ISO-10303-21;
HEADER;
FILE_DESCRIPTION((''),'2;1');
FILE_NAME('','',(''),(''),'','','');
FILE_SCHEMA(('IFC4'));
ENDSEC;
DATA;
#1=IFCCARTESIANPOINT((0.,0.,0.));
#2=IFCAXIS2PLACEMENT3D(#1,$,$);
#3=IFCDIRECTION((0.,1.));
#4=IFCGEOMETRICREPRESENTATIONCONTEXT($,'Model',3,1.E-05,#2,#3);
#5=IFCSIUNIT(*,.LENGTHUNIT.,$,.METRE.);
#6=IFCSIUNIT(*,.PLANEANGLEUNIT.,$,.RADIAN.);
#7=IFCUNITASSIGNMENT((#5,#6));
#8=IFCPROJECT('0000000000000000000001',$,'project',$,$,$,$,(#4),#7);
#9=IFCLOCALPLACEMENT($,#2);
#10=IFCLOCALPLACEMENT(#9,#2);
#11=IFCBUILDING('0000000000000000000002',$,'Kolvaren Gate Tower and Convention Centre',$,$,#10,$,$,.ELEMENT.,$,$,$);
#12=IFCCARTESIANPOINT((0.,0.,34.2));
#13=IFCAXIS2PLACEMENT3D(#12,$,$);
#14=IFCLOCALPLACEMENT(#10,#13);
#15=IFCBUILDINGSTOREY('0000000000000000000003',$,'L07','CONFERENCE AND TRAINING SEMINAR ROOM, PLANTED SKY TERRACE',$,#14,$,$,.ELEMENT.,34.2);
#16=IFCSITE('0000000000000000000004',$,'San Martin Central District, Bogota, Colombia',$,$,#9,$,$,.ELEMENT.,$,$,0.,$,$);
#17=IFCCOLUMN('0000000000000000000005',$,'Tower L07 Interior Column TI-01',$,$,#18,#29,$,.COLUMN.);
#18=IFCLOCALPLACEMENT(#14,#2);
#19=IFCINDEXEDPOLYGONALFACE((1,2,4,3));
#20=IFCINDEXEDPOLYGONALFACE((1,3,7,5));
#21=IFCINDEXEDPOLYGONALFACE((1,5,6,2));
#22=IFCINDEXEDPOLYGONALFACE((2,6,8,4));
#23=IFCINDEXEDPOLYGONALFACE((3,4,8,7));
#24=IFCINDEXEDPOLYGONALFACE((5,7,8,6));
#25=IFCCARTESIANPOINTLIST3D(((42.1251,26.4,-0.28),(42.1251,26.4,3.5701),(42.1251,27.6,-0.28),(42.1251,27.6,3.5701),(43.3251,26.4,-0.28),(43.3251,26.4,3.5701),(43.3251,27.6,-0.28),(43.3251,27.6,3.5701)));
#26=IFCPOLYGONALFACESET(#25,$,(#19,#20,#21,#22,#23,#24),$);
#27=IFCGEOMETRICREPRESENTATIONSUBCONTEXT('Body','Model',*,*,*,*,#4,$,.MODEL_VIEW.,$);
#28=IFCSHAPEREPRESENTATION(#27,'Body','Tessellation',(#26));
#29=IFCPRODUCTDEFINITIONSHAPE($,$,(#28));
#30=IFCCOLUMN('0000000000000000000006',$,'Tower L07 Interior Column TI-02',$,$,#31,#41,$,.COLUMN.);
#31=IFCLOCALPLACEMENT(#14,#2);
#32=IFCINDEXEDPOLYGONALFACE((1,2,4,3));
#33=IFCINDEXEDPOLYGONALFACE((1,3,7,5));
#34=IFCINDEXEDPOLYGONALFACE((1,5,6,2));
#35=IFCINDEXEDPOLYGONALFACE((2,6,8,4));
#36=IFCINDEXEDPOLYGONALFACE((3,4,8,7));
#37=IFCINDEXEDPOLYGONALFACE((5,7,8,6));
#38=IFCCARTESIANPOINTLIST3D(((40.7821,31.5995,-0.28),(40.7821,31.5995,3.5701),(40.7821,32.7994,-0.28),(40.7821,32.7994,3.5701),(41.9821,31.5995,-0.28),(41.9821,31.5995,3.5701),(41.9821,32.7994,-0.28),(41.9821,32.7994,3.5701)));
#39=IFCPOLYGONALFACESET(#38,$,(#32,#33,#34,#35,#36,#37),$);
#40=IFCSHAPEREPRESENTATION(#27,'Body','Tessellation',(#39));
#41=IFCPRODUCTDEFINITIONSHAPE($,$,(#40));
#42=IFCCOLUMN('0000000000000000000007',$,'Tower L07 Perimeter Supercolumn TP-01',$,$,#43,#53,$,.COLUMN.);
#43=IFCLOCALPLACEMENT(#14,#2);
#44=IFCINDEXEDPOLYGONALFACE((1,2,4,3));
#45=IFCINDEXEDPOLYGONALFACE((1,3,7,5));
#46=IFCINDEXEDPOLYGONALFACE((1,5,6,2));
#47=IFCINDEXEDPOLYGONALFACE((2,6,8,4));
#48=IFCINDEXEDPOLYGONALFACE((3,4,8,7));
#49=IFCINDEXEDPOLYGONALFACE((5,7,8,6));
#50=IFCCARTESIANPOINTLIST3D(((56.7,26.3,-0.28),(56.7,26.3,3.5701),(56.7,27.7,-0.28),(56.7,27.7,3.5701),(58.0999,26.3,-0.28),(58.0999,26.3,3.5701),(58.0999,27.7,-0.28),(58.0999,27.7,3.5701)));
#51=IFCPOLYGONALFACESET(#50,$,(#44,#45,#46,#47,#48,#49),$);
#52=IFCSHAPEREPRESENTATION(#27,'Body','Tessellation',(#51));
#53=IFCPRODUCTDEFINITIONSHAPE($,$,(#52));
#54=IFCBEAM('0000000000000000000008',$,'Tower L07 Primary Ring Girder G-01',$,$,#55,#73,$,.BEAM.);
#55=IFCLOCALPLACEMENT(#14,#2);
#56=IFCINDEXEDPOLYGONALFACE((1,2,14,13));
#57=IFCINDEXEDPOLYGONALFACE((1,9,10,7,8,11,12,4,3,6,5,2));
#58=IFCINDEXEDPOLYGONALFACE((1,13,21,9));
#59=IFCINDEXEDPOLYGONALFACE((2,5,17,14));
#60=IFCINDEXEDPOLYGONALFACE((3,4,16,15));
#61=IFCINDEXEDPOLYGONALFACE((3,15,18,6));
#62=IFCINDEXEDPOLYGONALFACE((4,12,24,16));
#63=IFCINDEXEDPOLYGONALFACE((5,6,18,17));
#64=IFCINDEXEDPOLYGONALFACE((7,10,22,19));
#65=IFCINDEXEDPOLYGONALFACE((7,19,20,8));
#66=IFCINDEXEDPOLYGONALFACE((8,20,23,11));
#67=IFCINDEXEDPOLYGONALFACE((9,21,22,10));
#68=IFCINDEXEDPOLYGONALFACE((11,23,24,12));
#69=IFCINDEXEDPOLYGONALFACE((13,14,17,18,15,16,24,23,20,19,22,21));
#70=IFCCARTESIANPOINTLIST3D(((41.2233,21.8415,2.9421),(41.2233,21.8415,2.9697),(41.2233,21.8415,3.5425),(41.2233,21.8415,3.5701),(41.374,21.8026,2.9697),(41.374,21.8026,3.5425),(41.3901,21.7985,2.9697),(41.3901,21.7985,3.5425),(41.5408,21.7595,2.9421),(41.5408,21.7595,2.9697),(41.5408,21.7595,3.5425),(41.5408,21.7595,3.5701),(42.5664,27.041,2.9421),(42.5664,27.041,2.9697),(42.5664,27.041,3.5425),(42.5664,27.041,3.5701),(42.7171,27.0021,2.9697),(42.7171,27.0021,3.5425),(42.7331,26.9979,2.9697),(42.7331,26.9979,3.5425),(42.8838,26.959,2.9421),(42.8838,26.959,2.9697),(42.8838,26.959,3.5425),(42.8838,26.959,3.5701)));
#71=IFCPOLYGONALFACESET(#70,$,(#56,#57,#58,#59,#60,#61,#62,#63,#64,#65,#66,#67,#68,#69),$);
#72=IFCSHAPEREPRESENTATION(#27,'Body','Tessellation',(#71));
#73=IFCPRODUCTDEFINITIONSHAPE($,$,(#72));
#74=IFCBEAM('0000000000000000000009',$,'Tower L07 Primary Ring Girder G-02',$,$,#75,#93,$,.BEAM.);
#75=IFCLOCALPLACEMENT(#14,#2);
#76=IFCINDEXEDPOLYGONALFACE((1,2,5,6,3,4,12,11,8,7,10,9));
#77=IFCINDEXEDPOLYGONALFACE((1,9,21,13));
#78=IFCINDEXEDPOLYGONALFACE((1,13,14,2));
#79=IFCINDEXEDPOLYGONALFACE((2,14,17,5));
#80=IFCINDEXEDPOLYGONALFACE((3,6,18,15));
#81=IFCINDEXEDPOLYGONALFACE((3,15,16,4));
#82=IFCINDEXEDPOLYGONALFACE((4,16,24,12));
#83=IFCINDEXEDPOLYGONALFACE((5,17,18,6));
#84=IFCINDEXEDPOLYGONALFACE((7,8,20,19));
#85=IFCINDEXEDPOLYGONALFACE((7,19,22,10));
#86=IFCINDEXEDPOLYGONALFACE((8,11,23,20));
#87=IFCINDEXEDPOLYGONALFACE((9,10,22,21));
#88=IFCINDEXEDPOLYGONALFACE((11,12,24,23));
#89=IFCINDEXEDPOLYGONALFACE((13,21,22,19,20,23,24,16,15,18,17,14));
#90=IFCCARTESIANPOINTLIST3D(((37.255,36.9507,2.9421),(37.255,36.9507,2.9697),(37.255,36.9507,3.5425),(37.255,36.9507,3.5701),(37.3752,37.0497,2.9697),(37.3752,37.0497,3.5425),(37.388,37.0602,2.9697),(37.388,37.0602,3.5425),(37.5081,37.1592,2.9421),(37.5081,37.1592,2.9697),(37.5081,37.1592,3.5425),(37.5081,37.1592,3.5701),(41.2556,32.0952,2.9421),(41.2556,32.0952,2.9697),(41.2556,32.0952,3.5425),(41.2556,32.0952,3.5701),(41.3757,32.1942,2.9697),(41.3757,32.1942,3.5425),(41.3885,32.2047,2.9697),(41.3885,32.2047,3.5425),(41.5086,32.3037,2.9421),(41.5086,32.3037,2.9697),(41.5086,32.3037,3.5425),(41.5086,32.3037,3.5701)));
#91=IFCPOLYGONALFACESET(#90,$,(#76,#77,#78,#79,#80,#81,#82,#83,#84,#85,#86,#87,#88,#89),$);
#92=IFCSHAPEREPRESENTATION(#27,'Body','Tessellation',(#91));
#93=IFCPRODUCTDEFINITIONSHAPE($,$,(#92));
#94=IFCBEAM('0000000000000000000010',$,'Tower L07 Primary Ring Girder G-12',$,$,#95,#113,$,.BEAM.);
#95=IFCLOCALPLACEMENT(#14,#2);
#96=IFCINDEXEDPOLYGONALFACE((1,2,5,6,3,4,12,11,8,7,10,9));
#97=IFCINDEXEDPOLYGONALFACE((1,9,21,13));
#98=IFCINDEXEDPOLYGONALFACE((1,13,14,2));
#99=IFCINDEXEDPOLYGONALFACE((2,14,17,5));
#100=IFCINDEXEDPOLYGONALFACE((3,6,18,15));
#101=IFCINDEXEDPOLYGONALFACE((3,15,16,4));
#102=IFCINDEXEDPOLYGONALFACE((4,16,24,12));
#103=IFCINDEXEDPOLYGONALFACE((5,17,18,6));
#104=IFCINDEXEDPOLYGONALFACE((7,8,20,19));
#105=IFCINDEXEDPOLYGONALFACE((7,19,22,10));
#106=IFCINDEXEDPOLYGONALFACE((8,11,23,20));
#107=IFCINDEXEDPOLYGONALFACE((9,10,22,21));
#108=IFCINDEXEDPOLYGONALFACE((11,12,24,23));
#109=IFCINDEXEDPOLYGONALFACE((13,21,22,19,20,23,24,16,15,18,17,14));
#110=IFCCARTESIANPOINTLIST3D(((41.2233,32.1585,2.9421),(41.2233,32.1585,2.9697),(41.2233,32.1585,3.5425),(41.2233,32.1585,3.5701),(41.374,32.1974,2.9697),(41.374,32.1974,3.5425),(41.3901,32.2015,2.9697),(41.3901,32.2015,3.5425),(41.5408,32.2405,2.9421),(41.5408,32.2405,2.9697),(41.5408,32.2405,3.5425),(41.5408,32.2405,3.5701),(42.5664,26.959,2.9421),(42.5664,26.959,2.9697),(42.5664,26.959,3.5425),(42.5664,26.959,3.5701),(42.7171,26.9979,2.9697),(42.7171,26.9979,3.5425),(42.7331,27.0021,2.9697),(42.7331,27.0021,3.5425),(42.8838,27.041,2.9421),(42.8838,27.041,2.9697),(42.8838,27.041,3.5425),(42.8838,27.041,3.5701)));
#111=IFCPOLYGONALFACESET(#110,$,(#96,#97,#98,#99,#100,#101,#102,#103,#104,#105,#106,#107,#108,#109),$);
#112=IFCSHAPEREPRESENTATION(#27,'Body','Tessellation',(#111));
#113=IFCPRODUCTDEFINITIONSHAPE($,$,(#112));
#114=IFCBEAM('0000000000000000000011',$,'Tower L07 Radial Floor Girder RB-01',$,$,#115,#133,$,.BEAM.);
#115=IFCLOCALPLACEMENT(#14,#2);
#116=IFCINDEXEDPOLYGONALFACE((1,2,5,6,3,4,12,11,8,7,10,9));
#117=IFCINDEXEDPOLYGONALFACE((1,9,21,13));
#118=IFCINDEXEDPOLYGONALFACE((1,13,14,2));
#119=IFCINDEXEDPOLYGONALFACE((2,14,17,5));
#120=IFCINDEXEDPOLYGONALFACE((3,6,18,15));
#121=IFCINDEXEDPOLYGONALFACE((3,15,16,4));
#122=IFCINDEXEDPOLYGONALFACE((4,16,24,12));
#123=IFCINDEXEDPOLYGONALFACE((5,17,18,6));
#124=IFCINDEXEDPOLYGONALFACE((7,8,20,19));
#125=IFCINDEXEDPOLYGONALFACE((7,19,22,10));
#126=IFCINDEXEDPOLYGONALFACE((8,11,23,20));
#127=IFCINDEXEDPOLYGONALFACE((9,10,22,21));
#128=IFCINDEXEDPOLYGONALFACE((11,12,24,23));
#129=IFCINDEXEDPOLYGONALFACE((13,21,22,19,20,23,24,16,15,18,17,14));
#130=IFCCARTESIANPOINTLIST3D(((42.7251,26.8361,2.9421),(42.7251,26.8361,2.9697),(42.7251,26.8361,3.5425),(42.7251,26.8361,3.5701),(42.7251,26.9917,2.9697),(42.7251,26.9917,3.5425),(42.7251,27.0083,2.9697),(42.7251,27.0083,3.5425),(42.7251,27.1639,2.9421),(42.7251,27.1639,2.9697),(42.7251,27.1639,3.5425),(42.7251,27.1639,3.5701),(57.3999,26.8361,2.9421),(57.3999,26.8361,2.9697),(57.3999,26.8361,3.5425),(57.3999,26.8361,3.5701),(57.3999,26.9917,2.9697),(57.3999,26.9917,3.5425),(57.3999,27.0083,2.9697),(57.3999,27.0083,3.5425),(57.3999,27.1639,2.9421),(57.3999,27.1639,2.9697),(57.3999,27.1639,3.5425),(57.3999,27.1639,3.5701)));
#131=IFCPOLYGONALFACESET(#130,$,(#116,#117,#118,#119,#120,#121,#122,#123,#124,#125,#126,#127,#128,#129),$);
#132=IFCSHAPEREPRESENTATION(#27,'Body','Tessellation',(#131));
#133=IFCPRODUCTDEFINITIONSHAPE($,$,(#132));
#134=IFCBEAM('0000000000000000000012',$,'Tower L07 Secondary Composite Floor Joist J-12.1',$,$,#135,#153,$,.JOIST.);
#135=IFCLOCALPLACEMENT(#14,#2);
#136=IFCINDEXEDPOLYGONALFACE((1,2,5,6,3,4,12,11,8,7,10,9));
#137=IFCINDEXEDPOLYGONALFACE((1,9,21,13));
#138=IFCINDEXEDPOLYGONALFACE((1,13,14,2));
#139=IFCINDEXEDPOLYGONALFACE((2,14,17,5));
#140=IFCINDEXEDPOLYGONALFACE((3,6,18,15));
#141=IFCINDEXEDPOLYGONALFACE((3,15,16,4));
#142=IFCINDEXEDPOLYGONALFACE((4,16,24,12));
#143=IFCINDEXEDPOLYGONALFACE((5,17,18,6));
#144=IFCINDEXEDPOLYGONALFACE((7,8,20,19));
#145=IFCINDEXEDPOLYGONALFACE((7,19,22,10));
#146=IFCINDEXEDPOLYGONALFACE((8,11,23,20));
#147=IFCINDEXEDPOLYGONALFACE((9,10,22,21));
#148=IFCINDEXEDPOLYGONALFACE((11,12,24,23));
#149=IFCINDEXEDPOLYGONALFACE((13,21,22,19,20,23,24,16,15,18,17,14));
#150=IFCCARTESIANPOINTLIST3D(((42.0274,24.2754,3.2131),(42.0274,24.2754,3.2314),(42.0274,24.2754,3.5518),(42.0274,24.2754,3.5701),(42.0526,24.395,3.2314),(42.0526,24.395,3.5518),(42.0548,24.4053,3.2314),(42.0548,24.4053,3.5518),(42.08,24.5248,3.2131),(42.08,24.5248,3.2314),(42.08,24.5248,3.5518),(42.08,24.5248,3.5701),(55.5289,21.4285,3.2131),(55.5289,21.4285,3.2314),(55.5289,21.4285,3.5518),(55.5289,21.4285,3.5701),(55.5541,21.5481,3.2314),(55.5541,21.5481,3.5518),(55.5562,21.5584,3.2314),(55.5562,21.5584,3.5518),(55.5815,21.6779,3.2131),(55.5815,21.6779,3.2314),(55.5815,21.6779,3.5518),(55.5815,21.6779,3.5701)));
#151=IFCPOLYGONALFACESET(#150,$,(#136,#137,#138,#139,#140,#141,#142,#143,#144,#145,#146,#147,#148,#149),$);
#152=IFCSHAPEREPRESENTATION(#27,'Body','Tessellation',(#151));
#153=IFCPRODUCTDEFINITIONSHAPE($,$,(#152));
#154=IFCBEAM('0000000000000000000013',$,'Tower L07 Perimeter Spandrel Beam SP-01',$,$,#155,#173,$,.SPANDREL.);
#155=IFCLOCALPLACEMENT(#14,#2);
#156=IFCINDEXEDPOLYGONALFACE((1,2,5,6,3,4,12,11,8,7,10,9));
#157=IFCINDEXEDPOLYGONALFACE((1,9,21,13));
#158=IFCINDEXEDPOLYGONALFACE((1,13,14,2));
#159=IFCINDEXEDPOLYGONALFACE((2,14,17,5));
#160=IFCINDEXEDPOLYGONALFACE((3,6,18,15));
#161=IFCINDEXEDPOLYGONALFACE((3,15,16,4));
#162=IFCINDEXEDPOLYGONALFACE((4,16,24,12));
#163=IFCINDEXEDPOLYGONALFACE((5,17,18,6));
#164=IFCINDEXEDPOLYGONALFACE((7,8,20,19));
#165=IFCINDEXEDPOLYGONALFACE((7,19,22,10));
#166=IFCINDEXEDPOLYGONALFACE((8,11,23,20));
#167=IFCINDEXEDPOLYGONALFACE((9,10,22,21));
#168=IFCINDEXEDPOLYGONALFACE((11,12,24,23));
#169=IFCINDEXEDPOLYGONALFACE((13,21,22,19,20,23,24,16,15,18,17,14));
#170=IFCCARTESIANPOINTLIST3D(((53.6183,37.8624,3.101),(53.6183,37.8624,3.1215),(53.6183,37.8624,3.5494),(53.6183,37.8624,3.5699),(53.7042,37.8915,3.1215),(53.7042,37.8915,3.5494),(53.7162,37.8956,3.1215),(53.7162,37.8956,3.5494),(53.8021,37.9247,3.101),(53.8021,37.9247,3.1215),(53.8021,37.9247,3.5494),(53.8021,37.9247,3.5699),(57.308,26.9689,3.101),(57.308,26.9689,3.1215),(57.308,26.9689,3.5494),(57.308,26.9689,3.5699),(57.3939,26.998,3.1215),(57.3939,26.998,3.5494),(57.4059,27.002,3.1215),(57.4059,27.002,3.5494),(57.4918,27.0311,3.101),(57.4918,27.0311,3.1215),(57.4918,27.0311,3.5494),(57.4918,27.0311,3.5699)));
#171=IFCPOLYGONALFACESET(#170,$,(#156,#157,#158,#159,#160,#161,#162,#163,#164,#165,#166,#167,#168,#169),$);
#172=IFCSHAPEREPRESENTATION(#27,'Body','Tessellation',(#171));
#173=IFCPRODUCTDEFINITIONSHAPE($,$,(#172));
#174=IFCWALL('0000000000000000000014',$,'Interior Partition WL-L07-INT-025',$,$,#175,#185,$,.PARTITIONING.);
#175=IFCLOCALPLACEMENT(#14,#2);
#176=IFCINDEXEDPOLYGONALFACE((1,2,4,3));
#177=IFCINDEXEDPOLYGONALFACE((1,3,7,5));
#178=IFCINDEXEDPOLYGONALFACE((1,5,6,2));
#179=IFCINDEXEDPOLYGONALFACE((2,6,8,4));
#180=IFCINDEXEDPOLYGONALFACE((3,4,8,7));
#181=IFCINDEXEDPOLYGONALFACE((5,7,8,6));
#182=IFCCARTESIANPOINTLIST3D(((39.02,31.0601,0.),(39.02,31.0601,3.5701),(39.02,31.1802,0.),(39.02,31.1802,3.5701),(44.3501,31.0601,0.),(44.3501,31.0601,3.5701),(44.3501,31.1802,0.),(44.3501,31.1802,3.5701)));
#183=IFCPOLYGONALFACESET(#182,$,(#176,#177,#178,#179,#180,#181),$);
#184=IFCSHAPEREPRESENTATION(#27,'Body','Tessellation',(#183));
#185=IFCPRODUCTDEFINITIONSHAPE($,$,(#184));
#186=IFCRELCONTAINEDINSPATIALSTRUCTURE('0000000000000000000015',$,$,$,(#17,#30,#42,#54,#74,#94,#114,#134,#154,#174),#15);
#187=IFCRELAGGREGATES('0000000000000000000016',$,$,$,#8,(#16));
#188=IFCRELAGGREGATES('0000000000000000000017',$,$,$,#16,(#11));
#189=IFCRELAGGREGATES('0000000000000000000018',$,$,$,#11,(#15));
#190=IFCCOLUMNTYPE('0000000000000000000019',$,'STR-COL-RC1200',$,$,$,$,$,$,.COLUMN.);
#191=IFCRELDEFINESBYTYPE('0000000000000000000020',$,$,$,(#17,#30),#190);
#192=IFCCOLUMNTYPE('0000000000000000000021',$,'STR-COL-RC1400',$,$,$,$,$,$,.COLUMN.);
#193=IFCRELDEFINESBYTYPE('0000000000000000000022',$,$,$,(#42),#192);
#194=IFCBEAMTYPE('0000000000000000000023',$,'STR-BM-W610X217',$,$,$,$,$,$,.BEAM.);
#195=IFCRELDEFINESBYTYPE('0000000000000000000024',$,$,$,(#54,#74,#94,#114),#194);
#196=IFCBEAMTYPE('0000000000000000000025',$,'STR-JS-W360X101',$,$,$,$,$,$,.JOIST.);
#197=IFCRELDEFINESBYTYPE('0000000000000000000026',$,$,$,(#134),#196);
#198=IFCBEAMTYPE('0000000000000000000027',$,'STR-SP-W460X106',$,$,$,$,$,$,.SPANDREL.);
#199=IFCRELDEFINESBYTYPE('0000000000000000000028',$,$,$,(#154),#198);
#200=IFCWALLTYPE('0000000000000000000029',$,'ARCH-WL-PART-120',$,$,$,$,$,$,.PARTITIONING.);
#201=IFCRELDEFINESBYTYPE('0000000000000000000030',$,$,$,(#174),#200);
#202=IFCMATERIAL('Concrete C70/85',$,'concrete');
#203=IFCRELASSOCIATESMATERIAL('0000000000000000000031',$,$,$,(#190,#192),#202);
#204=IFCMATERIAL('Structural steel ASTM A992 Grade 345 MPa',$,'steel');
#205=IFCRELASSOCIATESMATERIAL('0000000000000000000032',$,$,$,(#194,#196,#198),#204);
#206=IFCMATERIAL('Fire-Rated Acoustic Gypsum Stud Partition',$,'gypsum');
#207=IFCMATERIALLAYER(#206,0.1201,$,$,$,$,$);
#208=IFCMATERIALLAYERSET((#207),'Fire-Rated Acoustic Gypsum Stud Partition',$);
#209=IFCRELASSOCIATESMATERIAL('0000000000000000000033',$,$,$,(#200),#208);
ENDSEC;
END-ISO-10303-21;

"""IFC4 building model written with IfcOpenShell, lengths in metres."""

from ifc_helpers import new_model, si_unit, direction, frame, frame_2d, origin, origin_2d, place, context, subcontext, project, spatial, rectangle, i_section, extrude, material, layer, layer_set, material_profile, profile_set, type_object, element, save


model = new_model("IFC4")

# Units and contexts
model_context = context("Model", 3, precision=1e-05, world=origin(), true_north=direction((0.0, 1.0)))
body_context = subcontext(model_context, "Body", "Model", "MODEL_VIEW")
ifc_project = project(units=[si_unit("LENGTHUNIT", "METRE"), si_unit("PLANEANGLEUNIT", "RADIAN")], contexts=[model_context])

# Site, building, storey
site_placement = place(None, origin())
site = spatial("IfcSite", under=ifc_project, at=site_placement, Name="San Martin Central District, Bogota, Colombia", CompositionType="ELEMENT", RefElevation=0.0)
building_placement = place(site_placement, origin())
building = spatial("IfcBuilding", under=site, at=building_placement, Name="Kolvaren Gate Tower and Convention Centre", CompositionType="ELEMENT")
storey_placement = place(building_placement, frame((0.0, 0.0, 34.2)))
storey = spatial("IfcBuildingStorey", under=building, at=storey_placement, Name="L07", Description="CONFERENCE AND TRAINING SEMINAR ROOM, PLANTED SKY TERRACE", CompositionType="ELEMENT", Elevation=34.2)

# Columns
ifc_material_1 = material(Name="Concrete C70/85", Category="concrete")
ifc_material_profile_1 = material_profile(ifc_material_1, rectangle(XDim=1.2, YDim=1.2, at=origin_2d()), Name="RC-COL-1200X1200")
ifc_profile_set_1 = profile_set([ifc_material_profile_1], Name="Concrete C70/85")
column_type_1 = type_object("IfcColumnType", Name="STR-COL-RC1200", PredefinedType="COLUMN", material=ifc_profile_set_1)
for number, where, z_axis, x_axis, name in (
    (1, (42.7251, 27.0, -0.28), (0.0, 0.0, 1.0), (1.0, 0.0, 0.0), "Tower L07 Interior Column TI-01"),
    (2, (41.3821, 32.1995, -0.28), (0.0, 0.0, 1.0), (1.0, 0.0, 0.0), "Tower L07 Interior Column TI-02"),
):
    element("IfcColumn", number, at=place(storey_placement, frame(where, z_axis=z_axis, x_axis=x_axis)), inside=storey, type_object=column_type_1, Name=name, PredefinedType="COLUMN", context=body_context, shape_type="SweptSolid", body=[
        extrude(rectangle(XDim=1.2, YDim=1.2, at=origin_2d()), origin(), (0.0, 0.0, 1.0), 3.8501),
    ])
ifc_material_profile_2 = material_profile(ifc_material_1, rectangle(XDim=1.3999, YDim=1.3999, at=origin_2d()), Name="RC-COL-1400X1400")
ifc_profile_set_2 = profile_set([ifc_material_profile_2], Name="Concrete C70/85")
column_type_2 = type_object("IfcColumnType", Name="STR-COL-RC1400", PredefinedType="COLUMN", material=ifc_profile_set_2)
column_placement = place(storey_placement, frame((57.3999, 27.0, -0.28), z_axis=(0.0, 0.0, 1.0), x_axis=(1.0, 0.0, 0.0)))
element("IfcColumn", 3, at=column_placement, inside=storey, type_object=column_type_2, Name="Tower L07 Perimeter Supercolumn TP-01", PredefinedType="COLUMN", context=body_context, shape_type="SweptSolid", body=[
    extrude(rectangle(XDim=1.3999, YDim=1.3999, at=origin_2d()), origin(), (0.0, 0.0, 1.0), 3.8501),
])

# Beams
ifc_material_2 = material(Name="Structural steel ASTM A992 Grade 345 MPa", Category="steel")
ifc_material_profile_3 = material_profile(ifc_material_2, i_section(OverallWidth=0.3279, OverallDepth=0.6279, WebThickness=0.0166, FlangeThickness=0.0276, at=origin_2d()), Name="W610X217")
ifc_profile_set_3 = profile_set([ifc_material_profile_3], Name="Structural steel ASTM A992 Grade 345 MPa")
beam_type_1 = type_object("IfcBeamType", Name="STR-BM-W610X217", PredefinedType="BEAM", material=ifc_profile_set_3)
beam_1_placement = place(storey_placement, frame((42.7251, 27.0, 3.2561), z_axis=(-0.250091, -0.968222, 0.0), x_axis=(0.968222, -0.250091, 0.0)))
element("IfcBeam", 4, at=beam_1_placement, inside=storey, type_object=beam_type_1, Name="Tower L07 Primary Ring Girder G-01", PredefinedType="BEAM", context=body_context, shape_type="SweptSolid", body=[
    extrude(i_section(OverallWidth=0.3279, OverallDepth=0.6279, WebThickness=0.0166, FlangeThickness=0.0276, at=origin_2d()), origin(), (0.0, 0.0, 1.0), 5.3701),
])
beam_2_placement = place(storey_placement, frame((41.3821, 32.1995, 3.2561), z_axis=(-0.635884, 0.771785, 0.0), x_axis=(-0.771785, -0.635884, 0.0)))
element("IfcBeam", 5, at=beam_2_placement, inside=storey, type_object=beam_type_1, Name="Tower L07 Primary Ring Girder G-02", PredefinedType="BEAM", context=body_context, shape_type="SweptSolid", body=[
    extrude(i_section(OverallWidth=0.3279, OverallDepth=0.6279, WebThickness=0.0166, FlangeThickness=0.0276, at=origin_2d()), origin(), (0.0, 0.0, 1.0), 6.2913),
])
beam_3_placement = place(storey_placement, frame((42.7251, 27.0, 3.2561), z_axis=(-0.250091, 0.968222, 0.0), x_axis=(-0.968222, -0.250091, 0.0)))
element("IfcBeam", 6, at=beam_3_placement, inside=storey, type_object=beam_type_1, Name="Tower L07 Primary Ring Girder G-12", PredefinedType="BEAM", context=body_context, shape_type="SweptSolid", body=[
    extrude(i_section(OverallWidth=0.3279, OverallDepth=0.6279, WebThickness=0.0166, FlangeThickness=0.0276, at=origin_2d()), origin(), (0.0, 0.0, 1.0), 5.3701),
])
beam_4_placement = place(storey_placement, frame((42.7251, 27.0, 3.2561), z_axis=(1.0, 0.0, 0.0), x_axis=(0.0, 1.0, 0.0)))
element("IfcBeam", 7, at=beam_4_placement, inside=storey, type_object=beam_type_1, Name="Tower L07 Radial Floor Girder RB-01", PredefinedType="BEAM", context=body_context, shape_type="SweptSolid", body=[
    extrude(i_section(OverallWidth=0.3279, OverallDepth=0.6279, WebThickness=0.0166, FlangeThickness=0.0276, at=origin_2d()), origin(), (0.0, 0.0, 1.0), 14.6748),
])
ifc_material_profile_4 = material_profile(ifc_material_2, i_section(OverallWidth=0.2549, OverallDepth=0.3569, WebThickness=0.0105, FlangeThickness=0.0183, at=origin_2d()), Name="W360X101")
ifc_profile_set_4 = profile_set([ifc_material_profile_4], Name="Structural steel ASTM A992 Grade 345 MPa")
beam_type_2 = type_object("IfcBeamType", Name="STR-JS-W360X101", PredefinedType="JOIST", material=ifc_profile_set_4)
beam_5_placement = place(storey_placement, frame((42.0537, 24.4001, 3.3916), z_axis=(0.978484, -0.206323, 0.0), x_axis=(0.206323, 0.978484, 0.0)))
element("IfcBeam", 8, at=beam_5_placement, inside=storey, type_object=beam_type_2, Name="Tower L07 Secondary Composite Floor Joist J-12.1", PredefinedType="JOIST", context=body_context, shape_type="SweptSolid", body=[
    extrude(i_section(OverallWidth=0.2549, OverallDepth=0.3569, WebThickness=0.0105, FlangeThickness=0.0183, at=origin_2d()), origin(), (0.0, 0.0, 1.0), 13.7983),
])
ifc_material_profile_5 = material_profile(ifc_material_2, i_section(OverallWidth=0.1941, OverallDepth=0.469, WebThickness=0.0127, FlangeThickness=0.0205, at=origin_2d()), Name="W460X106")
ifc_profile_set_5 = profile_set([ifc_material_profile_5], Name="Structural steel ASTM A992 Grade 345 MPa")
beam_type_3 = type_object("IfcBeamType", Name="STR-SP-W460X106", PredefinedType="SPANDREL", material=ifc_profile_set_5)
beam_6_placement = place(storey_placement, frame((57.3999, 27.0, 3.3354), z_axis=(-0.320803, 0.947146, 0.0), x_axis=(-0.947146, -0.320803, 0.0)))
element("IfcBeam", 9, at=beam_6_placement, inside=storey, type_object=beam_type_3, Name="Tower L07 Perimeter Spandrel Beam SP-01", PredefinedType="SPANDREL", context=body_context, shape_type="SweptSolid", body=[
    extrude(i_section(OverallWidth=0.1941, OverallDepth=0.469, WebThickness=0.0127, FlangeThickness=0.0205, at=origin_2d()), origin(), (0.0, 0.0, 1.0), 11.5015),
])

# Wall
ifc_material_3 = material(Name="Fire-Rated Acoustic Gypsum Stud Partition", Category="gypsum")
ifc_layer_1 = layer(ifc_material_3, 0.1201)
ifc_layer_set_1 = layer_set([ifc_layer_1], Name="Fire-Rated Acoustic Gypsum Stud Partition")
wall_type_1 = type_object("IfcWallType", Name="ARCH-WL-PART-120", PredefinedType="PARTITIONING", material=ifc_layer_set_1)
wall_1_placement = place(storey_placement, frame((39.02, 31.1201, 0.0), z_axis=(0.0, 0.0, 1.0), x_axis=(1.0, 0.0, 0.0)))
element("IfcWall", 10, at=wall_1_placement, inside=storey, type_object=wall_type_1, Name="Interior Partition WL-L07-INT-025", PredefinedType="PARTITIONING", context=body_context, shape_type="SweptSolid", body=[
    extrude(rectangle(XDim=5.3301, YDim=0.1201, at=frame_2d((2.665, 0.0))), origin(), (0.0, 0.0, 1.0), 3.5701),
])

save(model, "model.ifc")
